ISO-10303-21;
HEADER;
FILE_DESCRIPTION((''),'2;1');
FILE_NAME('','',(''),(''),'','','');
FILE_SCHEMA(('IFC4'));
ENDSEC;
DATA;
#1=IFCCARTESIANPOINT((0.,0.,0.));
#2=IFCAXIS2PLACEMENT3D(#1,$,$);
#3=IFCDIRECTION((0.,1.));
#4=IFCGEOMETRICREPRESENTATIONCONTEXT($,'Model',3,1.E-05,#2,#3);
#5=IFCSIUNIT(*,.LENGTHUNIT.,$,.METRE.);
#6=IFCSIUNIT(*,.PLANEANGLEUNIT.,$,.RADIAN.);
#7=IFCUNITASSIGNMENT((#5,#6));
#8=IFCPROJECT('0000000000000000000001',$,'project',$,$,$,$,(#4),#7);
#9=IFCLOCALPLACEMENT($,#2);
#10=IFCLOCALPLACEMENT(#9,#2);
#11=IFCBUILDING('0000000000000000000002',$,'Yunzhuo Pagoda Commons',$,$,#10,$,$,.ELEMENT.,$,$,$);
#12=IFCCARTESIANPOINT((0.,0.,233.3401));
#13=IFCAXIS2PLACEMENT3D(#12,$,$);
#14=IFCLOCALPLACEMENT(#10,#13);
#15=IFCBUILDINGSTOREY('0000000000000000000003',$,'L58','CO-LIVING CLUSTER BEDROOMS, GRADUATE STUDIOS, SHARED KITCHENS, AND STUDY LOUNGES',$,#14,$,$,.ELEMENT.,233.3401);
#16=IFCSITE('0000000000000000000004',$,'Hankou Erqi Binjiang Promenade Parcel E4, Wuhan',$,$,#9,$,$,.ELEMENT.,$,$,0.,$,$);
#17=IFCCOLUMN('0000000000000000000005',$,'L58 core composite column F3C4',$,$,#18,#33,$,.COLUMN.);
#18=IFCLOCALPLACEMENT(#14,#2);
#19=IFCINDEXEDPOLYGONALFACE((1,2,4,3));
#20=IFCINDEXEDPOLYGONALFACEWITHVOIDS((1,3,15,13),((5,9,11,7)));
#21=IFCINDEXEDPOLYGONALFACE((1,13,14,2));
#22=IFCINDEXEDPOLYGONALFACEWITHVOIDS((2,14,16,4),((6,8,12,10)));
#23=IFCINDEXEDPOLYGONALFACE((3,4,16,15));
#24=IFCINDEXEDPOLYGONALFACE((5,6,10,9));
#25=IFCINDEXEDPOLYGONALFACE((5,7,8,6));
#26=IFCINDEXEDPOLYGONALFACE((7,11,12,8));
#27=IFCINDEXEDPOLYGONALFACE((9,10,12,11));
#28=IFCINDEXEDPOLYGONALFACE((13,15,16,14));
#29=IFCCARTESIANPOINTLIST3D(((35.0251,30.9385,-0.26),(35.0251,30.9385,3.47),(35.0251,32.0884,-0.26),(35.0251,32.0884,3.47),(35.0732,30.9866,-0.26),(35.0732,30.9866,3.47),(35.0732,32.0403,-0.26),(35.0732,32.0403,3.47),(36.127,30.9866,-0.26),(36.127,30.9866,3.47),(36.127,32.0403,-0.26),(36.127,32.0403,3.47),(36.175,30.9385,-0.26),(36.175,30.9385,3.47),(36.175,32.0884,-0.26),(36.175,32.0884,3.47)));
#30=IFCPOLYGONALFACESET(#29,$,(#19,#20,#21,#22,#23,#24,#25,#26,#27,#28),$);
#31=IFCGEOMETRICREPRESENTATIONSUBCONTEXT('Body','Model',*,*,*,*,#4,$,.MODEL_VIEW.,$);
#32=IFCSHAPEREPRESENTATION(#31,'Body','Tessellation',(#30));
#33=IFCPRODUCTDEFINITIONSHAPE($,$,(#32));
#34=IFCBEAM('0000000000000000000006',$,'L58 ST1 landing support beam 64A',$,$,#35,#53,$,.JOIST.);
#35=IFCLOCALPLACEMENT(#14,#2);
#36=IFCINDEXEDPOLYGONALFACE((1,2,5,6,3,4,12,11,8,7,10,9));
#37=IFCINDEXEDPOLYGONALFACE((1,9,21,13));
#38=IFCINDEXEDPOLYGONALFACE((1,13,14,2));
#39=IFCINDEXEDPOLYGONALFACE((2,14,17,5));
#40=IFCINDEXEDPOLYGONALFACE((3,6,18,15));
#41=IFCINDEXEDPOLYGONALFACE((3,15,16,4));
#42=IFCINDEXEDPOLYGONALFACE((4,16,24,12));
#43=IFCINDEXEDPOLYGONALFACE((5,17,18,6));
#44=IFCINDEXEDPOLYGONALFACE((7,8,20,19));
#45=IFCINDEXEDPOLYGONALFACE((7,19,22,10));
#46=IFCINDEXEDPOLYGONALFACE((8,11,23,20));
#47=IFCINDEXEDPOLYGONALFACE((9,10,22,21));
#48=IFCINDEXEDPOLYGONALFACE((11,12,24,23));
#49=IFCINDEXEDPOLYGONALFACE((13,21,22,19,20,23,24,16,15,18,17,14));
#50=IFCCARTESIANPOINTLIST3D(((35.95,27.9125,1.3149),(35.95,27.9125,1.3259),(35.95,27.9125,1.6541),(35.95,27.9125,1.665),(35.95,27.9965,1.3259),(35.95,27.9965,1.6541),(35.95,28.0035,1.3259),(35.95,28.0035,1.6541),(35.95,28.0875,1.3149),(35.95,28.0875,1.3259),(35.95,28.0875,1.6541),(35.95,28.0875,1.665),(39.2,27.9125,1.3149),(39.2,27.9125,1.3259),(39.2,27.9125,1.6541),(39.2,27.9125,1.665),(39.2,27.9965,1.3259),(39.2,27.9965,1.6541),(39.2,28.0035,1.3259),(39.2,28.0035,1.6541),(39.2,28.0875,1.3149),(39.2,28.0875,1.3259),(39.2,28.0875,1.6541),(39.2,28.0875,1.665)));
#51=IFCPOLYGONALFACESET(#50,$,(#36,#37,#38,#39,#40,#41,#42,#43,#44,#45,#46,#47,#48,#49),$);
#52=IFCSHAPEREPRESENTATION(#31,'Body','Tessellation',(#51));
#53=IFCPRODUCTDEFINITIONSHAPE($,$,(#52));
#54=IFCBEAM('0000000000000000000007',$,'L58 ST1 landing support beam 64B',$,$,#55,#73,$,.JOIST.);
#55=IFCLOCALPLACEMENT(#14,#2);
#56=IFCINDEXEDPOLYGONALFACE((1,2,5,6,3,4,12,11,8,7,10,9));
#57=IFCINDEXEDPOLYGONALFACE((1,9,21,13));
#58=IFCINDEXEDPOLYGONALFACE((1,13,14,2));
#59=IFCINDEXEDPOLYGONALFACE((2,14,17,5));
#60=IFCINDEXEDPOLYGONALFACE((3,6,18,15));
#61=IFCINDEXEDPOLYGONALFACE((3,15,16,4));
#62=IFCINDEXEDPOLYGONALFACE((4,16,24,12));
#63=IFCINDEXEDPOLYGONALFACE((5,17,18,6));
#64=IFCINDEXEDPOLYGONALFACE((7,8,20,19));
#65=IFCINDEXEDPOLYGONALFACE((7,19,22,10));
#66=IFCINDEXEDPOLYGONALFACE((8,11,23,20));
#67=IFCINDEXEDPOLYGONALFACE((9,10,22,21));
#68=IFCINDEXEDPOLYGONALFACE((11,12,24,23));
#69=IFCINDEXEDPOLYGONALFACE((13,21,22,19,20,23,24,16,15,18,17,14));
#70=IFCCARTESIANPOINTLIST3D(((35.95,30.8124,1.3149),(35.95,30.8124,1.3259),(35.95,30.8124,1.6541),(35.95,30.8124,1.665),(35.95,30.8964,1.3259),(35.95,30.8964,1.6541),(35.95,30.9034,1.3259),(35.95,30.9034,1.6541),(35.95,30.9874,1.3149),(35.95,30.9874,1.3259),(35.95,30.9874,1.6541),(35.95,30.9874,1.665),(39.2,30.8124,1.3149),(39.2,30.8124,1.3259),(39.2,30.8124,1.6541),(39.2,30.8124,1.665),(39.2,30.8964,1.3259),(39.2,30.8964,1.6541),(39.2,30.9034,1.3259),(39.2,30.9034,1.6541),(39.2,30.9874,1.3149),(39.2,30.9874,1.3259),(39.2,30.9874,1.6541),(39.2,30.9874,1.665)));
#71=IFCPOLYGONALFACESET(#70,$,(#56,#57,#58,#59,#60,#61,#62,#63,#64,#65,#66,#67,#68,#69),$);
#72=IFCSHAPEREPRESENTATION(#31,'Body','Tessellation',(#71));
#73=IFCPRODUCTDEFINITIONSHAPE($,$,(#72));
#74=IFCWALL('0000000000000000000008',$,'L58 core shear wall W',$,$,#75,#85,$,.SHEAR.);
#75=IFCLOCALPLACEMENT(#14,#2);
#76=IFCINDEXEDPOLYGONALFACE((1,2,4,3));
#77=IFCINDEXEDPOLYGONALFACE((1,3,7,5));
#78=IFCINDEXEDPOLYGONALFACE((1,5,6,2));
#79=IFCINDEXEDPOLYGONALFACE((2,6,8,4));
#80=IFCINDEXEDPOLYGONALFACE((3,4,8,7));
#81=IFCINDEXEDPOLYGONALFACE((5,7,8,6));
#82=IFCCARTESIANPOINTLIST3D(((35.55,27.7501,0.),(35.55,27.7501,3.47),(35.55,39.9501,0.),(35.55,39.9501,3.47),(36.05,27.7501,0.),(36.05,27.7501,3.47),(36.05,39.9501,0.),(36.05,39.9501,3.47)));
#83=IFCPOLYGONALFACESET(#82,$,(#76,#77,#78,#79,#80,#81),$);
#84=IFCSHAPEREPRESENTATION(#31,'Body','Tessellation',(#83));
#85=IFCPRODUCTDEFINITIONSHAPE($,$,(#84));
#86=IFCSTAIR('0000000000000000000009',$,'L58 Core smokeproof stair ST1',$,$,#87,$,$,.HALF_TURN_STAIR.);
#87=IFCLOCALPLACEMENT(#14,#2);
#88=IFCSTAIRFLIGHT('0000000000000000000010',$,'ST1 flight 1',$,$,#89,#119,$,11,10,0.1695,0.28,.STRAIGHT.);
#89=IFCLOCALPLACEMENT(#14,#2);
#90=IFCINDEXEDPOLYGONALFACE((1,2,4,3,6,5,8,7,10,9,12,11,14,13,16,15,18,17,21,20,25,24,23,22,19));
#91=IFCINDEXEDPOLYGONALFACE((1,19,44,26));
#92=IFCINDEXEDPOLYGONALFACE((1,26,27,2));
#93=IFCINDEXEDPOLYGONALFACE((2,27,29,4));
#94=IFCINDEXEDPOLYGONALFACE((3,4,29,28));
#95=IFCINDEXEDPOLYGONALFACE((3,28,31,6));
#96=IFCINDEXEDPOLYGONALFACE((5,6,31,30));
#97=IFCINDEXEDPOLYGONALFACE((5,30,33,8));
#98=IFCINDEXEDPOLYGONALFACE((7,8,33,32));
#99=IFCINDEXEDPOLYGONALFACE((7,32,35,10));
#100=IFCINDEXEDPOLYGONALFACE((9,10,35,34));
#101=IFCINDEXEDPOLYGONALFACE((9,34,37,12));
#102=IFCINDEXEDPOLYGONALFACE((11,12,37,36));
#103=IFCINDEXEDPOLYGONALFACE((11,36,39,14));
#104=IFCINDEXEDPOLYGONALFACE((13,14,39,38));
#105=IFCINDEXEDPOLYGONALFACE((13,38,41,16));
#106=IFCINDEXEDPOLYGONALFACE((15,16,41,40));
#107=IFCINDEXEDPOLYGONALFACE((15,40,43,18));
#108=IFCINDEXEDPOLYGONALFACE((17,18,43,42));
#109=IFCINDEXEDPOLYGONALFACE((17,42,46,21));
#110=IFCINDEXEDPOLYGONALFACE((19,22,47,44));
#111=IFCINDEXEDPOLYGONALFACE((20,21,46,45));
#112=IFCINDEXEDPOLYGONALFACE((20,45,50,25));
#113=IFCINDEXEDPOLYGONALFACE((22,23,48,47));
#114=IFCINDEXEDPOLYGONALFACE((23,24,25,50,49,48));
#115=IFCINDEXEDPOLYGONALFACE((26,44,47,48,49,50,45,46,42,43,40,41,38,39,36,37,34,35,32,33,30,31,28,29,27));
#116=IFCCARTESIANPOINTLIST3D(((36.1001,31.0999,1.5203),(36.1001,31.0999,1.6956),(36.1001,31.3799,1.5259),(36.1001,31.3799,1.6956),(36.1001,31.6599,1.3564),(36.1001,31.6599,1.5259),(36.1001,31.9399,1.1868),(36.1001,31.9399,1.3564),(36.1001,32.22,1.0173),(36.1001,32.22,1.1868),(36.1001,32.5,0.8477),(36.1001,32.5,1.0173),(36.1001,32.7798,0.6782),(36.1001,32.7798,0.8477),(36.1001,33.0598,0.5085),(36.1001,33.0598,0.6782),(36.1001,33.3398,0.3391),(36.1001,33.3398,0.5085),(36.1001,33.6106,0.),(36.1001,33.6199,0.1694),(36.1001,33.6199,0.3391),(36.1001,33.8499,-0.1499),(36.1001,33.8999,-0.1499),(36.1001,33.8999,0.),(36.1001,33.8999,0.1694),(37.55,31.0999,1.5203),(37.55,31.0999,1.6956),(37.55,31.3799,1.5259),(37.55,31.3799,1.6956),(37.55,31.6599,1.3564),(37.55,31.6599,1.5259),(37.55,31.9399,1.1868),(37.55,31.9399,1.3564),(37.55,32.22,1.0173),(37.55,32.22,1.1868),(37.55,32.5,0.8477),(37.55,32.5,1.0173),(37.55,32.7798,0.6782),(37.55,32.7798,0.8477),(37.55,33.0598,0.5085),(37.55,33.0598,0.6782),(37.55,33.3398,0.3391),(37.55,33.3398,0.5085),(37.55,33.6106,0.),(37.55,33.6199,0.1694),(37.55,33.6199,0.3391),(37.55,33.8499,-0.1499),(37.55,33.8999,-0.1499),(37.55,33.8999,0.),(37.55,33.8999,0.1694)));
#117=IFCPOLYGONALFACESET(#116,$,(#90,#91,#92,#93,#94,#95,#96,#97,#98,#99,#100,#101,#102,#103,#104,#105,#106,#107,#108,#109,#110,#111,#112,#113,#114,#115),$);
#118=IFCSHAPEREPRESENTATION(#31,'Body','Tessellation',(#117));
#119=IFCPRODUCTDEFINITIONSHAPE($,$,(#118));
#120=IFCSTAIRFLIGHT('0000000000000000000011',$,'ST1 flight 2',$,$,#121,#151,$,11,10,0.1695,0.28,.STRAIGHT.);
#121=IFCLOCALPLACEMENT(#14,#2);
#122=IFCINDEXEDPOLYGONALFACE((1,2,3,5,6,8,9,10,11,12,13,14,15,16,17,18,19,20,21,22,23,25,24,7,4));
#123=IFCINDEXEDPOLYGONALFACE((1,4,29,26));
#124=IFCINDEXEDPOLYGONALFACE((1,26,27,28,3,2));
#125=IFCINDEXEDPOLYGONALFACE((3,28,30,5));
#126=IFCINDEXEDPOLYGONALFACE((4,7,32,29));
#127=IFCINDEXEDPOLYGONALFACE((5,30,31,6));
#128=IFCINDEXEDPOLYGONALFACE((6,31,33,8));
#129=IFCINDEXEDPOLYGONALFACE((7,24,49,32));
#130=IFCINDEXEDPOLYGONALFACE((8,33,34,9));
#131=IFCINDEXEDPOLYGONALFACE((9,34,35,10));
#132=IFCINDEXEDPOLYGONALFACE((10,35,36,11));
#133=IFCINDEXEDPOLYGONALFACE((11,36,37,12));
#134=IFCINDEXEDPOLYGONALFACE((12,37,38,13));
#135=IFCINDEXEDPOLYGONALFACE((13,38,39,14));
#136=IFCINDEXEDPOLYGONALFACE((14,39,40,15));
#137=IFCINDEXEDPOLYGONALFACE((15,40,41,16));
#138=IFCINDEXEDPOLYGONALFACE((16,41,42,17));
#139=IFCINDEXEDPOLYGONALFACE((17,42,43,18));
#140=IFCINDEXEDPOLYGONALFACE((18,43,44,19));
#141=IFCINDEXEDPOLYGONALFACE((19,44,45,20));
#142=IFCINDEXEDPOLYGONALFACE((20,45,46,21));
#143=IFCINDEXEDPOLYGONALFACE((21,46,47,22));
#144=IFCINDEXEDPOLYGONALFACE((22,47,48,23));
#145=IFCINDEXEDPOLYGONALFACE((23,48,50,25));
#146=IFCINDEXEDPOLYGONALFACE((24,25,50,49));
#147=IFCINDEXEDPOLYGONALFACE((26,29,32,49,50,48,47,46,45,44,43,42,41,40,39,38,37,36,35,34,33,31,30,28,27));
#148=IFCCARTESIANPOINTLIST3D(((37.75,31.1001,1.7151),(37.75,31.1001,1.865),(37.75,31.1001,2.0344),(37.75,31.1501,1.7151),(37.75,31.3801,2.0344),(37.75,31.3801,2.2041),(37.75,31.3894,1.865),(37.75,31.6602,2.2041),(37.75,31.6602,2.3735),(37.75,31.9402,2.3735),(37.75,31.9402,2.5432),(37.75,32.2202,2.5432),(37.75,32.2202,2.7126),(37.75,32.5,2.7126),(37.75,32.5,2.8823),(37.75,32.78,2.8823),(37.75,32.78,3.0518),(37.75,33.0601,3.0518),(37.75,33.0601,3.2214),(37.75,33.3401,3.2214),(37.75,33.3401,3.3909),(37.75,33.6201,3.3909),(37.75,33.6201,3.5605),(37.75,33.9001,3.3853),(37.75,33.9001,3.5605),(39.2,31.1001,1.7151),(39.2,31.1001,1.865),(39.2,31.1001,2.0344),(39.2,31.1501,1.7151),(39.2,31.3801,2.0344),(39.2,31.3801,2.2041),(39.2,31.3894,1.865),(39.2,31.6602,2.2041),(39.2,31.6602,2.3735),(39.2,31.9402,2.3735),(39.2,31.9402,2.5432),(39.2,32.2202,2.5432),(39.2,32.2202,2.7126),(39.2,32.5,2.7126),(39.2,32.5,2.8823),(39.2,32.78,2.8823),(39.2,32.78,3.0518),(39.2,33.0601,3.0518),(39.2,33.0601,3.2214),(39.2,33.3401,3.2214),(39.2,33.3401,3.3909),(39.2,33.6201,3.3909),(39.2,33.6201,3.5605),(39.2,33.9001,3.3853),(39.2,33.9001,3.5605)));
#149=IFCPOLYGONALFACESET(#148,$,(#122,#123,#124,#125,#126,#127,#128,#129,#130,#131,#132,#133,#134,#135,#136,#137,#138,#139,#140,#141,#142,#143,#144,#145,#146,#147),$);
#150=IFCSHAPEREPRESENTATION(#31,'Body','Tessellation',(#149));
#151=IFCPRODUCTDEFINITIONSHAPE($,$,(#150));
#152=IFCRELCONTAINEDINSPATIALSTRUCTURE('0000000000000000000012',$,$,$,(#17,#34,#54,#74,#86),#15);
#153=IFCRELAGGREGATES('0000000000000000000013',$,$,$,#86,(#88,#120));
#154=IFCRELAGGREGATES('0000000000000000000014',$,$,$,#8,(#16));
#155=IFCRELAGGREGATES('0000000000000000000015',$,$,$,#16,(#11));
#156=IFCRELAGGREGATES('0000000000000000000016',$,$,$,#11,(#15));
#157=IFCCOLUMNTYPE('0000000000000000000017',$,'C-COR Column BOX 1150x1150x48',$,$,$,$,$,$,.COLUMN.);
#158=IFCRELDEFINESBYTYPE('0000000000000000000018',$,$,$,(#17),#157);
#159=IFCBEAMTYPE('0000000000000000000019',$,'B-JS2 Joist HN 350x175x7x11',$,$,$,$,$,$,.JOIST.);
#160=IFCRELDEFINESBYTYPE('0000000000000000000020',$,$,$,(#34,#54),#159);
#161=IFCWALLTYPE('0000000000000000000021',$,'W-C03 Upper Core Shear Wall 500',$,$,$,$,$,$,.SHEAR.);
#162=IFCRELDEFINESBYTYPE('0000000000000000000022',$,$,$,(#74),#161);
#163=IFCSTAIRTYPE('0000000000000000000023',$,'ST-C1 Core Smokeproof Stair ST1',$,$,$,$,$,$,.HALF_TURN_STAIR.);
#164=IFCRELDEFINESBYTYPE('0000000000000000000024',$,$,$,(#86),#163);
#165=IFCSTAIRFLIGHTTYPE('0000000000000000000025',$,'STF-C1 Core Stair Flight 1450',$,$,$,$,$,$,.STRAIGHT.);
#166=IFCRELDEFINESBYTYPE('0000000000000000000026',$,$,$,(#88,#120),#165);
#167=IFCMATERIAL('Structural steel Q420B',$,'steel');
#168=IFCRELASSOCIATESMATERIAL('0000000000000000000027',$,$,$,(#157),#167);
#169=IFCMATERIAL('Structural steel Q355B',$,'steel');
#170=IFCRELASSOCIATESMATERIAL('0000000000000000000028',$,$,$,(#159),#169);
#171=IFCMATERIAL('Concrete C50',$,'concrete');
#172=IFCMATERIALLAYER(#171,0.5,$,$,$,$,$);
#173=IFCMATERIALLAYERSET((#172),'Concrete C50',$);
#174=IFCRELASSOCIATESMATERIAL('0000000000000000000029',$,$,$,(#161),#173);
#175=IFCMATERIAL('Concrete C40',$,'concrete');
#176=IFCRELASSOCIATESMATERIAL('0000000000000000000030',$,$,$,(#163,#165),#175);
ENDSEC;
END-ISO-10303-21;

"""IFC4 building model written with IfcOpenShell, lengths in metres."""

from ifc_helpers import new_model, si_unit, direction, frame, frame_2d, origin, origin_2d, place, context, subcontext, project, spatial, polyline, rectangle, hollow_rectangle, i_section, outline, extrude, source, transform, mapped, material, layer, layer_set, material_profile, profile_set, type_object, element, aggregate, save


model = new_model("IFC4")

# Units and contexts
model_context = context("Model", 3, precision=1e-05, world=origin(), true_north=direction((0.0, 1.0)))
body_context = subcontext(model_context, "Body", "Model", "MODEL_VIEW")
ifc_project = project(units=[si_unit("LENGTHUNIT", "METRE"), si_unit("PLANEANGLEUNIT", "RADIAN")], contexts=[model_context])

# Site, building, storey
site_placement = place(None, origin())
site = spatial("IfcSite", under=ifc_project, at=site_placement, Name="Hankou Erqi Binjiang Promenade Parcel E4, Wuhan", CompositionType="ELEMENT", RefElevation=0.0)
building_placement = place(site_placement, origin())
building = spatial("IfcBuilding", under=site, at=building_placement, Name="Yunzhuo Pagoda Commons", CompositionType="ELEMENT")
storey_placement = place(building_placement, frame((0.0, 0.0, 233.3401)))
storey = spatial("IfcBuildingStorey", under=building, at=storey_placement, Name="L58", Description="CO-LIVING CLUSTER BEDROOMS, GRADUATE STUDIOS, SHARED KITCHENS, AND STUDY LOUNGES", CompositionType="ELEMENT", Elevation=233.3401)

# Column
ifc_material_1 = material(Name="Structural steel Q420B", Category="steel")
ifc_material_profile_1 = material_profile(ifc_material_1, hollow_rectangle(XDim=1.1499, YDim=1.1499, WallThickness=0.0481, at=origin_2d()), Name="Structural steel Q420B")
ifc_profile_set_1 = profile_set([ifc_material_profile_1], Name="Structural steel Q420B")
column_type = type_object("IfcColumnType", Name="C-COR Column BOX 1150x1150x48", PredefinedType="COLUMN", material=ifc_profile_set_1)
shared_shape_1 = source(origin(), body_context, "Body", "SweptSolid", [
    extrude(hollow_rectangle(XDim=1.1499, YDim=1.1499, WallThickness=0.0481, at=origin_2d()), origin(), (0.0, 0.0, 1.0), 3.73),
])
column_placement = place(storey_placement, frame((35.6001, 31.5134, -0.26), z_axis=(0.0, 0.0, 1.0), x_axis=(1.0, 0.0, 0.0)))
element("IfcColumn", 1, at=column_placement, inside=storey, type_object=column_type, Name="L58 core composite column F3C4", PredefinedType="COLUMN", context=body_context, shape_type="MappedRepresentation", body=[
    mapped(shared_shape_1, transform((0.0, 0.0, 0.0), scale=1.0)),
])

# Beams
ifc_material_2 = material(Name="Structural steel Q355B", Category="steel")
ifc_material_profile_2 = material_profile(ifc_material_2, i_section(OverallWidth=0.175, OverallDepth=0.3501, WebThickness=0.0071, FlangeThickness=0.011, at=origin_2d()), Name="Structural steel Q355B")
ifc_profile_set_2 = profile_set([ifc_material_profile_2], Name="Structural steel Q355B")
beam_type = type_object("IfcBeamType", Name="B-JS2 Joist HN 350x175x7x11", PredefinedType="JOIST", material=ifc_profile_set_2)
shared_shape_2 = source(origin(), body_context, "Body", "SweptSolid", [
    extrude(i_section(OverallWidth=0.175, OverallDepth=0.3501, WebThickness=0.0071, FlangeThickness=0.011, at=origin_2d()), origin(), (0.0, 0.0, 1.0), 3.25),
])
for number, where, z_axis, x_axis, name in (
    (2, (35.95, 28.0, 1.49), (1.0, 0.0, 0.0), (0.0, 1.0, 0.0), "L58 ST1 landing support beam 64A"),
    (3, (35.95, 30.8999, 1.49), (1.0, 0.0, 0.0), (0.0, 1.0, 0.0), "L58 ST1 landing support beam 64B"),
):
    element("IfcBeam", number, at=place(storey_placement, frame(where, z_axis=z_axis, x_axis=x_axis)), inside=storey, type_object=beam_type, Name=name, PredefinedType="JOIST", context=body_context, shape_type="MappedRepresentation", body=[
        mapped(shared_shape_2, transform((0.0, 0.0, 0.0), scale=1.0)),
    ])

# Wall
ifc_material_3 = material(Name="Concrete C50", Category="concrete")
ifc_layer = layer(ifc_material_3, 0.5)
ifc_layer_set = layer_set([ifc_layer], Name="Concrete C50")
wall_type = type_object("IfcWallType", Name="W-C03 Upper Core Shear Wall 500", PredefinedType="SHEAR", material=ifc_layer_set)
wall_placement = place(storey_placement, frame((35.8, 27.75, 0.0), z_axis=(0.0, 0.0, 1.0), x_axis=(0.0, 1.0, 0.0)))
element("IfcWall", 4, at=wall_placement, inside=storey, type_object=wall_type, Name="L58 core shear wall W", PredefinedType="SHEAR", context=body_context, shape_type="SweptSolid", body=[
    extrude(rectangle(XDim=12.2, YDim=0.5, at=frame_2d((6.1001, 0.0))), origin(), (0.0, 0.0, 1.0), 3.47),
])

# Stair, stair flights
ifc_material_4 = material(Name="Concrete C40", Category="concrete")
stair_type = type_object("IfcStairType", Name="ST-C1 Core Smokeproof Stair ST1", PredefinedType="HALF_TURN_STAIR", material=ifc_material_4)
stair_placement = place(storey_placement, origin())
stair = element("IfcStair", 5, at=stair_placement, inside=storey, type_object=stair_type, Name="L58 Core smokeproof stair ST1", PredefinedType="HALF_TURN_STAIR")
stair_flight_type = type_object("IfcStairFlightType", Name="STF-C1 Core Stair Flight 1450", PredefinedType="STRAIGHT", material=ifc_material_4)
shared_shape_3 = source(origin(), body_context, "Body", "SweptSolid", [
    extrude(outline(polyline([(0.0, -0.1499), (0.0, 0.0), (0.0, 0.1694), (0.28, 0.1694), (0.28, 0.3391), (0.5601, 0.3391), (0.5601, 0.5085), (0.8401, 0.5085), (0.8401, 0.6782), (1.1201, 0.6782), (1.1201, 0.8477), (1.3999, 0.8477), (1.3999, 1.0173), (1.6799, 1.0173), (1.6799, 1.1868), (1.96, 1.1868), (1.96, 1.3564), (2.24, 1.3564), (2.24, 1.5259), (2.52, 1.5259), (2.52, 1.6956), (2.8, 1.6956), (2.8, 1.865), (2.8, 1.5203), (0.2893, 0.0), (0.05, -0.1499), (0.0, -0.1499)])), frame((0.0, 0.7251, 0.0), z_axis=(0.0, -1.0, 0.0), x_axis=(1.0, 0.0, 0.0)), (0.0, 0.0, 1.0), 1.45),
])
stair_flight_1_placement = place(storey_placement, frame((36.825, 33.8999, 0.0), z_axis=(0.0, 0.0, 1.0), x_axis=(0.0, -1.0, 0.0)))
stair_flight_1 = element("IfcStairFlight", 6, at=stair_flight_1_placement, type_object=stair_flight_type, Name="ST1 flight 1", NumberOfRisers=11, NumberOfTreads=10, PredefinedType="STRAIGHT", RiserHeight=0.1695, TreadLength=0.28, context=body_context, shape_type="MappedRepresentation", body=[
    mapped(shared_shape_3, transform((0.0, 0.0, 0.0), scale=1.0)),
])
stair_flight_2_placement = place(storey_placement, frame((38.4751, 31.1001, 1.865), z_axis=(0.0, 0.0, 1.0), x_axis=(0.0, 1.0, 0.0)))
stair_flight_2 = element("IfcStairFlight", 7, at=stair_flight_2_placement, type_object=stair_flight_type, Name="ST1 flight 2", NumberOfRisers=11, NumberOfTreads=10, PredefinedType="STRAIGHT", RiserHeight=0.1695, TreadLength=0.28, context=body_context, shape_type="MappedRepresentation", body=[
    mapped(shared_shape_3, transform((0.0, 0.0, 0.0), scale=1.0)),
])
aggregate(stair, [stair_flight_1, stair_flight_2])

save(model, "model.ifc")
